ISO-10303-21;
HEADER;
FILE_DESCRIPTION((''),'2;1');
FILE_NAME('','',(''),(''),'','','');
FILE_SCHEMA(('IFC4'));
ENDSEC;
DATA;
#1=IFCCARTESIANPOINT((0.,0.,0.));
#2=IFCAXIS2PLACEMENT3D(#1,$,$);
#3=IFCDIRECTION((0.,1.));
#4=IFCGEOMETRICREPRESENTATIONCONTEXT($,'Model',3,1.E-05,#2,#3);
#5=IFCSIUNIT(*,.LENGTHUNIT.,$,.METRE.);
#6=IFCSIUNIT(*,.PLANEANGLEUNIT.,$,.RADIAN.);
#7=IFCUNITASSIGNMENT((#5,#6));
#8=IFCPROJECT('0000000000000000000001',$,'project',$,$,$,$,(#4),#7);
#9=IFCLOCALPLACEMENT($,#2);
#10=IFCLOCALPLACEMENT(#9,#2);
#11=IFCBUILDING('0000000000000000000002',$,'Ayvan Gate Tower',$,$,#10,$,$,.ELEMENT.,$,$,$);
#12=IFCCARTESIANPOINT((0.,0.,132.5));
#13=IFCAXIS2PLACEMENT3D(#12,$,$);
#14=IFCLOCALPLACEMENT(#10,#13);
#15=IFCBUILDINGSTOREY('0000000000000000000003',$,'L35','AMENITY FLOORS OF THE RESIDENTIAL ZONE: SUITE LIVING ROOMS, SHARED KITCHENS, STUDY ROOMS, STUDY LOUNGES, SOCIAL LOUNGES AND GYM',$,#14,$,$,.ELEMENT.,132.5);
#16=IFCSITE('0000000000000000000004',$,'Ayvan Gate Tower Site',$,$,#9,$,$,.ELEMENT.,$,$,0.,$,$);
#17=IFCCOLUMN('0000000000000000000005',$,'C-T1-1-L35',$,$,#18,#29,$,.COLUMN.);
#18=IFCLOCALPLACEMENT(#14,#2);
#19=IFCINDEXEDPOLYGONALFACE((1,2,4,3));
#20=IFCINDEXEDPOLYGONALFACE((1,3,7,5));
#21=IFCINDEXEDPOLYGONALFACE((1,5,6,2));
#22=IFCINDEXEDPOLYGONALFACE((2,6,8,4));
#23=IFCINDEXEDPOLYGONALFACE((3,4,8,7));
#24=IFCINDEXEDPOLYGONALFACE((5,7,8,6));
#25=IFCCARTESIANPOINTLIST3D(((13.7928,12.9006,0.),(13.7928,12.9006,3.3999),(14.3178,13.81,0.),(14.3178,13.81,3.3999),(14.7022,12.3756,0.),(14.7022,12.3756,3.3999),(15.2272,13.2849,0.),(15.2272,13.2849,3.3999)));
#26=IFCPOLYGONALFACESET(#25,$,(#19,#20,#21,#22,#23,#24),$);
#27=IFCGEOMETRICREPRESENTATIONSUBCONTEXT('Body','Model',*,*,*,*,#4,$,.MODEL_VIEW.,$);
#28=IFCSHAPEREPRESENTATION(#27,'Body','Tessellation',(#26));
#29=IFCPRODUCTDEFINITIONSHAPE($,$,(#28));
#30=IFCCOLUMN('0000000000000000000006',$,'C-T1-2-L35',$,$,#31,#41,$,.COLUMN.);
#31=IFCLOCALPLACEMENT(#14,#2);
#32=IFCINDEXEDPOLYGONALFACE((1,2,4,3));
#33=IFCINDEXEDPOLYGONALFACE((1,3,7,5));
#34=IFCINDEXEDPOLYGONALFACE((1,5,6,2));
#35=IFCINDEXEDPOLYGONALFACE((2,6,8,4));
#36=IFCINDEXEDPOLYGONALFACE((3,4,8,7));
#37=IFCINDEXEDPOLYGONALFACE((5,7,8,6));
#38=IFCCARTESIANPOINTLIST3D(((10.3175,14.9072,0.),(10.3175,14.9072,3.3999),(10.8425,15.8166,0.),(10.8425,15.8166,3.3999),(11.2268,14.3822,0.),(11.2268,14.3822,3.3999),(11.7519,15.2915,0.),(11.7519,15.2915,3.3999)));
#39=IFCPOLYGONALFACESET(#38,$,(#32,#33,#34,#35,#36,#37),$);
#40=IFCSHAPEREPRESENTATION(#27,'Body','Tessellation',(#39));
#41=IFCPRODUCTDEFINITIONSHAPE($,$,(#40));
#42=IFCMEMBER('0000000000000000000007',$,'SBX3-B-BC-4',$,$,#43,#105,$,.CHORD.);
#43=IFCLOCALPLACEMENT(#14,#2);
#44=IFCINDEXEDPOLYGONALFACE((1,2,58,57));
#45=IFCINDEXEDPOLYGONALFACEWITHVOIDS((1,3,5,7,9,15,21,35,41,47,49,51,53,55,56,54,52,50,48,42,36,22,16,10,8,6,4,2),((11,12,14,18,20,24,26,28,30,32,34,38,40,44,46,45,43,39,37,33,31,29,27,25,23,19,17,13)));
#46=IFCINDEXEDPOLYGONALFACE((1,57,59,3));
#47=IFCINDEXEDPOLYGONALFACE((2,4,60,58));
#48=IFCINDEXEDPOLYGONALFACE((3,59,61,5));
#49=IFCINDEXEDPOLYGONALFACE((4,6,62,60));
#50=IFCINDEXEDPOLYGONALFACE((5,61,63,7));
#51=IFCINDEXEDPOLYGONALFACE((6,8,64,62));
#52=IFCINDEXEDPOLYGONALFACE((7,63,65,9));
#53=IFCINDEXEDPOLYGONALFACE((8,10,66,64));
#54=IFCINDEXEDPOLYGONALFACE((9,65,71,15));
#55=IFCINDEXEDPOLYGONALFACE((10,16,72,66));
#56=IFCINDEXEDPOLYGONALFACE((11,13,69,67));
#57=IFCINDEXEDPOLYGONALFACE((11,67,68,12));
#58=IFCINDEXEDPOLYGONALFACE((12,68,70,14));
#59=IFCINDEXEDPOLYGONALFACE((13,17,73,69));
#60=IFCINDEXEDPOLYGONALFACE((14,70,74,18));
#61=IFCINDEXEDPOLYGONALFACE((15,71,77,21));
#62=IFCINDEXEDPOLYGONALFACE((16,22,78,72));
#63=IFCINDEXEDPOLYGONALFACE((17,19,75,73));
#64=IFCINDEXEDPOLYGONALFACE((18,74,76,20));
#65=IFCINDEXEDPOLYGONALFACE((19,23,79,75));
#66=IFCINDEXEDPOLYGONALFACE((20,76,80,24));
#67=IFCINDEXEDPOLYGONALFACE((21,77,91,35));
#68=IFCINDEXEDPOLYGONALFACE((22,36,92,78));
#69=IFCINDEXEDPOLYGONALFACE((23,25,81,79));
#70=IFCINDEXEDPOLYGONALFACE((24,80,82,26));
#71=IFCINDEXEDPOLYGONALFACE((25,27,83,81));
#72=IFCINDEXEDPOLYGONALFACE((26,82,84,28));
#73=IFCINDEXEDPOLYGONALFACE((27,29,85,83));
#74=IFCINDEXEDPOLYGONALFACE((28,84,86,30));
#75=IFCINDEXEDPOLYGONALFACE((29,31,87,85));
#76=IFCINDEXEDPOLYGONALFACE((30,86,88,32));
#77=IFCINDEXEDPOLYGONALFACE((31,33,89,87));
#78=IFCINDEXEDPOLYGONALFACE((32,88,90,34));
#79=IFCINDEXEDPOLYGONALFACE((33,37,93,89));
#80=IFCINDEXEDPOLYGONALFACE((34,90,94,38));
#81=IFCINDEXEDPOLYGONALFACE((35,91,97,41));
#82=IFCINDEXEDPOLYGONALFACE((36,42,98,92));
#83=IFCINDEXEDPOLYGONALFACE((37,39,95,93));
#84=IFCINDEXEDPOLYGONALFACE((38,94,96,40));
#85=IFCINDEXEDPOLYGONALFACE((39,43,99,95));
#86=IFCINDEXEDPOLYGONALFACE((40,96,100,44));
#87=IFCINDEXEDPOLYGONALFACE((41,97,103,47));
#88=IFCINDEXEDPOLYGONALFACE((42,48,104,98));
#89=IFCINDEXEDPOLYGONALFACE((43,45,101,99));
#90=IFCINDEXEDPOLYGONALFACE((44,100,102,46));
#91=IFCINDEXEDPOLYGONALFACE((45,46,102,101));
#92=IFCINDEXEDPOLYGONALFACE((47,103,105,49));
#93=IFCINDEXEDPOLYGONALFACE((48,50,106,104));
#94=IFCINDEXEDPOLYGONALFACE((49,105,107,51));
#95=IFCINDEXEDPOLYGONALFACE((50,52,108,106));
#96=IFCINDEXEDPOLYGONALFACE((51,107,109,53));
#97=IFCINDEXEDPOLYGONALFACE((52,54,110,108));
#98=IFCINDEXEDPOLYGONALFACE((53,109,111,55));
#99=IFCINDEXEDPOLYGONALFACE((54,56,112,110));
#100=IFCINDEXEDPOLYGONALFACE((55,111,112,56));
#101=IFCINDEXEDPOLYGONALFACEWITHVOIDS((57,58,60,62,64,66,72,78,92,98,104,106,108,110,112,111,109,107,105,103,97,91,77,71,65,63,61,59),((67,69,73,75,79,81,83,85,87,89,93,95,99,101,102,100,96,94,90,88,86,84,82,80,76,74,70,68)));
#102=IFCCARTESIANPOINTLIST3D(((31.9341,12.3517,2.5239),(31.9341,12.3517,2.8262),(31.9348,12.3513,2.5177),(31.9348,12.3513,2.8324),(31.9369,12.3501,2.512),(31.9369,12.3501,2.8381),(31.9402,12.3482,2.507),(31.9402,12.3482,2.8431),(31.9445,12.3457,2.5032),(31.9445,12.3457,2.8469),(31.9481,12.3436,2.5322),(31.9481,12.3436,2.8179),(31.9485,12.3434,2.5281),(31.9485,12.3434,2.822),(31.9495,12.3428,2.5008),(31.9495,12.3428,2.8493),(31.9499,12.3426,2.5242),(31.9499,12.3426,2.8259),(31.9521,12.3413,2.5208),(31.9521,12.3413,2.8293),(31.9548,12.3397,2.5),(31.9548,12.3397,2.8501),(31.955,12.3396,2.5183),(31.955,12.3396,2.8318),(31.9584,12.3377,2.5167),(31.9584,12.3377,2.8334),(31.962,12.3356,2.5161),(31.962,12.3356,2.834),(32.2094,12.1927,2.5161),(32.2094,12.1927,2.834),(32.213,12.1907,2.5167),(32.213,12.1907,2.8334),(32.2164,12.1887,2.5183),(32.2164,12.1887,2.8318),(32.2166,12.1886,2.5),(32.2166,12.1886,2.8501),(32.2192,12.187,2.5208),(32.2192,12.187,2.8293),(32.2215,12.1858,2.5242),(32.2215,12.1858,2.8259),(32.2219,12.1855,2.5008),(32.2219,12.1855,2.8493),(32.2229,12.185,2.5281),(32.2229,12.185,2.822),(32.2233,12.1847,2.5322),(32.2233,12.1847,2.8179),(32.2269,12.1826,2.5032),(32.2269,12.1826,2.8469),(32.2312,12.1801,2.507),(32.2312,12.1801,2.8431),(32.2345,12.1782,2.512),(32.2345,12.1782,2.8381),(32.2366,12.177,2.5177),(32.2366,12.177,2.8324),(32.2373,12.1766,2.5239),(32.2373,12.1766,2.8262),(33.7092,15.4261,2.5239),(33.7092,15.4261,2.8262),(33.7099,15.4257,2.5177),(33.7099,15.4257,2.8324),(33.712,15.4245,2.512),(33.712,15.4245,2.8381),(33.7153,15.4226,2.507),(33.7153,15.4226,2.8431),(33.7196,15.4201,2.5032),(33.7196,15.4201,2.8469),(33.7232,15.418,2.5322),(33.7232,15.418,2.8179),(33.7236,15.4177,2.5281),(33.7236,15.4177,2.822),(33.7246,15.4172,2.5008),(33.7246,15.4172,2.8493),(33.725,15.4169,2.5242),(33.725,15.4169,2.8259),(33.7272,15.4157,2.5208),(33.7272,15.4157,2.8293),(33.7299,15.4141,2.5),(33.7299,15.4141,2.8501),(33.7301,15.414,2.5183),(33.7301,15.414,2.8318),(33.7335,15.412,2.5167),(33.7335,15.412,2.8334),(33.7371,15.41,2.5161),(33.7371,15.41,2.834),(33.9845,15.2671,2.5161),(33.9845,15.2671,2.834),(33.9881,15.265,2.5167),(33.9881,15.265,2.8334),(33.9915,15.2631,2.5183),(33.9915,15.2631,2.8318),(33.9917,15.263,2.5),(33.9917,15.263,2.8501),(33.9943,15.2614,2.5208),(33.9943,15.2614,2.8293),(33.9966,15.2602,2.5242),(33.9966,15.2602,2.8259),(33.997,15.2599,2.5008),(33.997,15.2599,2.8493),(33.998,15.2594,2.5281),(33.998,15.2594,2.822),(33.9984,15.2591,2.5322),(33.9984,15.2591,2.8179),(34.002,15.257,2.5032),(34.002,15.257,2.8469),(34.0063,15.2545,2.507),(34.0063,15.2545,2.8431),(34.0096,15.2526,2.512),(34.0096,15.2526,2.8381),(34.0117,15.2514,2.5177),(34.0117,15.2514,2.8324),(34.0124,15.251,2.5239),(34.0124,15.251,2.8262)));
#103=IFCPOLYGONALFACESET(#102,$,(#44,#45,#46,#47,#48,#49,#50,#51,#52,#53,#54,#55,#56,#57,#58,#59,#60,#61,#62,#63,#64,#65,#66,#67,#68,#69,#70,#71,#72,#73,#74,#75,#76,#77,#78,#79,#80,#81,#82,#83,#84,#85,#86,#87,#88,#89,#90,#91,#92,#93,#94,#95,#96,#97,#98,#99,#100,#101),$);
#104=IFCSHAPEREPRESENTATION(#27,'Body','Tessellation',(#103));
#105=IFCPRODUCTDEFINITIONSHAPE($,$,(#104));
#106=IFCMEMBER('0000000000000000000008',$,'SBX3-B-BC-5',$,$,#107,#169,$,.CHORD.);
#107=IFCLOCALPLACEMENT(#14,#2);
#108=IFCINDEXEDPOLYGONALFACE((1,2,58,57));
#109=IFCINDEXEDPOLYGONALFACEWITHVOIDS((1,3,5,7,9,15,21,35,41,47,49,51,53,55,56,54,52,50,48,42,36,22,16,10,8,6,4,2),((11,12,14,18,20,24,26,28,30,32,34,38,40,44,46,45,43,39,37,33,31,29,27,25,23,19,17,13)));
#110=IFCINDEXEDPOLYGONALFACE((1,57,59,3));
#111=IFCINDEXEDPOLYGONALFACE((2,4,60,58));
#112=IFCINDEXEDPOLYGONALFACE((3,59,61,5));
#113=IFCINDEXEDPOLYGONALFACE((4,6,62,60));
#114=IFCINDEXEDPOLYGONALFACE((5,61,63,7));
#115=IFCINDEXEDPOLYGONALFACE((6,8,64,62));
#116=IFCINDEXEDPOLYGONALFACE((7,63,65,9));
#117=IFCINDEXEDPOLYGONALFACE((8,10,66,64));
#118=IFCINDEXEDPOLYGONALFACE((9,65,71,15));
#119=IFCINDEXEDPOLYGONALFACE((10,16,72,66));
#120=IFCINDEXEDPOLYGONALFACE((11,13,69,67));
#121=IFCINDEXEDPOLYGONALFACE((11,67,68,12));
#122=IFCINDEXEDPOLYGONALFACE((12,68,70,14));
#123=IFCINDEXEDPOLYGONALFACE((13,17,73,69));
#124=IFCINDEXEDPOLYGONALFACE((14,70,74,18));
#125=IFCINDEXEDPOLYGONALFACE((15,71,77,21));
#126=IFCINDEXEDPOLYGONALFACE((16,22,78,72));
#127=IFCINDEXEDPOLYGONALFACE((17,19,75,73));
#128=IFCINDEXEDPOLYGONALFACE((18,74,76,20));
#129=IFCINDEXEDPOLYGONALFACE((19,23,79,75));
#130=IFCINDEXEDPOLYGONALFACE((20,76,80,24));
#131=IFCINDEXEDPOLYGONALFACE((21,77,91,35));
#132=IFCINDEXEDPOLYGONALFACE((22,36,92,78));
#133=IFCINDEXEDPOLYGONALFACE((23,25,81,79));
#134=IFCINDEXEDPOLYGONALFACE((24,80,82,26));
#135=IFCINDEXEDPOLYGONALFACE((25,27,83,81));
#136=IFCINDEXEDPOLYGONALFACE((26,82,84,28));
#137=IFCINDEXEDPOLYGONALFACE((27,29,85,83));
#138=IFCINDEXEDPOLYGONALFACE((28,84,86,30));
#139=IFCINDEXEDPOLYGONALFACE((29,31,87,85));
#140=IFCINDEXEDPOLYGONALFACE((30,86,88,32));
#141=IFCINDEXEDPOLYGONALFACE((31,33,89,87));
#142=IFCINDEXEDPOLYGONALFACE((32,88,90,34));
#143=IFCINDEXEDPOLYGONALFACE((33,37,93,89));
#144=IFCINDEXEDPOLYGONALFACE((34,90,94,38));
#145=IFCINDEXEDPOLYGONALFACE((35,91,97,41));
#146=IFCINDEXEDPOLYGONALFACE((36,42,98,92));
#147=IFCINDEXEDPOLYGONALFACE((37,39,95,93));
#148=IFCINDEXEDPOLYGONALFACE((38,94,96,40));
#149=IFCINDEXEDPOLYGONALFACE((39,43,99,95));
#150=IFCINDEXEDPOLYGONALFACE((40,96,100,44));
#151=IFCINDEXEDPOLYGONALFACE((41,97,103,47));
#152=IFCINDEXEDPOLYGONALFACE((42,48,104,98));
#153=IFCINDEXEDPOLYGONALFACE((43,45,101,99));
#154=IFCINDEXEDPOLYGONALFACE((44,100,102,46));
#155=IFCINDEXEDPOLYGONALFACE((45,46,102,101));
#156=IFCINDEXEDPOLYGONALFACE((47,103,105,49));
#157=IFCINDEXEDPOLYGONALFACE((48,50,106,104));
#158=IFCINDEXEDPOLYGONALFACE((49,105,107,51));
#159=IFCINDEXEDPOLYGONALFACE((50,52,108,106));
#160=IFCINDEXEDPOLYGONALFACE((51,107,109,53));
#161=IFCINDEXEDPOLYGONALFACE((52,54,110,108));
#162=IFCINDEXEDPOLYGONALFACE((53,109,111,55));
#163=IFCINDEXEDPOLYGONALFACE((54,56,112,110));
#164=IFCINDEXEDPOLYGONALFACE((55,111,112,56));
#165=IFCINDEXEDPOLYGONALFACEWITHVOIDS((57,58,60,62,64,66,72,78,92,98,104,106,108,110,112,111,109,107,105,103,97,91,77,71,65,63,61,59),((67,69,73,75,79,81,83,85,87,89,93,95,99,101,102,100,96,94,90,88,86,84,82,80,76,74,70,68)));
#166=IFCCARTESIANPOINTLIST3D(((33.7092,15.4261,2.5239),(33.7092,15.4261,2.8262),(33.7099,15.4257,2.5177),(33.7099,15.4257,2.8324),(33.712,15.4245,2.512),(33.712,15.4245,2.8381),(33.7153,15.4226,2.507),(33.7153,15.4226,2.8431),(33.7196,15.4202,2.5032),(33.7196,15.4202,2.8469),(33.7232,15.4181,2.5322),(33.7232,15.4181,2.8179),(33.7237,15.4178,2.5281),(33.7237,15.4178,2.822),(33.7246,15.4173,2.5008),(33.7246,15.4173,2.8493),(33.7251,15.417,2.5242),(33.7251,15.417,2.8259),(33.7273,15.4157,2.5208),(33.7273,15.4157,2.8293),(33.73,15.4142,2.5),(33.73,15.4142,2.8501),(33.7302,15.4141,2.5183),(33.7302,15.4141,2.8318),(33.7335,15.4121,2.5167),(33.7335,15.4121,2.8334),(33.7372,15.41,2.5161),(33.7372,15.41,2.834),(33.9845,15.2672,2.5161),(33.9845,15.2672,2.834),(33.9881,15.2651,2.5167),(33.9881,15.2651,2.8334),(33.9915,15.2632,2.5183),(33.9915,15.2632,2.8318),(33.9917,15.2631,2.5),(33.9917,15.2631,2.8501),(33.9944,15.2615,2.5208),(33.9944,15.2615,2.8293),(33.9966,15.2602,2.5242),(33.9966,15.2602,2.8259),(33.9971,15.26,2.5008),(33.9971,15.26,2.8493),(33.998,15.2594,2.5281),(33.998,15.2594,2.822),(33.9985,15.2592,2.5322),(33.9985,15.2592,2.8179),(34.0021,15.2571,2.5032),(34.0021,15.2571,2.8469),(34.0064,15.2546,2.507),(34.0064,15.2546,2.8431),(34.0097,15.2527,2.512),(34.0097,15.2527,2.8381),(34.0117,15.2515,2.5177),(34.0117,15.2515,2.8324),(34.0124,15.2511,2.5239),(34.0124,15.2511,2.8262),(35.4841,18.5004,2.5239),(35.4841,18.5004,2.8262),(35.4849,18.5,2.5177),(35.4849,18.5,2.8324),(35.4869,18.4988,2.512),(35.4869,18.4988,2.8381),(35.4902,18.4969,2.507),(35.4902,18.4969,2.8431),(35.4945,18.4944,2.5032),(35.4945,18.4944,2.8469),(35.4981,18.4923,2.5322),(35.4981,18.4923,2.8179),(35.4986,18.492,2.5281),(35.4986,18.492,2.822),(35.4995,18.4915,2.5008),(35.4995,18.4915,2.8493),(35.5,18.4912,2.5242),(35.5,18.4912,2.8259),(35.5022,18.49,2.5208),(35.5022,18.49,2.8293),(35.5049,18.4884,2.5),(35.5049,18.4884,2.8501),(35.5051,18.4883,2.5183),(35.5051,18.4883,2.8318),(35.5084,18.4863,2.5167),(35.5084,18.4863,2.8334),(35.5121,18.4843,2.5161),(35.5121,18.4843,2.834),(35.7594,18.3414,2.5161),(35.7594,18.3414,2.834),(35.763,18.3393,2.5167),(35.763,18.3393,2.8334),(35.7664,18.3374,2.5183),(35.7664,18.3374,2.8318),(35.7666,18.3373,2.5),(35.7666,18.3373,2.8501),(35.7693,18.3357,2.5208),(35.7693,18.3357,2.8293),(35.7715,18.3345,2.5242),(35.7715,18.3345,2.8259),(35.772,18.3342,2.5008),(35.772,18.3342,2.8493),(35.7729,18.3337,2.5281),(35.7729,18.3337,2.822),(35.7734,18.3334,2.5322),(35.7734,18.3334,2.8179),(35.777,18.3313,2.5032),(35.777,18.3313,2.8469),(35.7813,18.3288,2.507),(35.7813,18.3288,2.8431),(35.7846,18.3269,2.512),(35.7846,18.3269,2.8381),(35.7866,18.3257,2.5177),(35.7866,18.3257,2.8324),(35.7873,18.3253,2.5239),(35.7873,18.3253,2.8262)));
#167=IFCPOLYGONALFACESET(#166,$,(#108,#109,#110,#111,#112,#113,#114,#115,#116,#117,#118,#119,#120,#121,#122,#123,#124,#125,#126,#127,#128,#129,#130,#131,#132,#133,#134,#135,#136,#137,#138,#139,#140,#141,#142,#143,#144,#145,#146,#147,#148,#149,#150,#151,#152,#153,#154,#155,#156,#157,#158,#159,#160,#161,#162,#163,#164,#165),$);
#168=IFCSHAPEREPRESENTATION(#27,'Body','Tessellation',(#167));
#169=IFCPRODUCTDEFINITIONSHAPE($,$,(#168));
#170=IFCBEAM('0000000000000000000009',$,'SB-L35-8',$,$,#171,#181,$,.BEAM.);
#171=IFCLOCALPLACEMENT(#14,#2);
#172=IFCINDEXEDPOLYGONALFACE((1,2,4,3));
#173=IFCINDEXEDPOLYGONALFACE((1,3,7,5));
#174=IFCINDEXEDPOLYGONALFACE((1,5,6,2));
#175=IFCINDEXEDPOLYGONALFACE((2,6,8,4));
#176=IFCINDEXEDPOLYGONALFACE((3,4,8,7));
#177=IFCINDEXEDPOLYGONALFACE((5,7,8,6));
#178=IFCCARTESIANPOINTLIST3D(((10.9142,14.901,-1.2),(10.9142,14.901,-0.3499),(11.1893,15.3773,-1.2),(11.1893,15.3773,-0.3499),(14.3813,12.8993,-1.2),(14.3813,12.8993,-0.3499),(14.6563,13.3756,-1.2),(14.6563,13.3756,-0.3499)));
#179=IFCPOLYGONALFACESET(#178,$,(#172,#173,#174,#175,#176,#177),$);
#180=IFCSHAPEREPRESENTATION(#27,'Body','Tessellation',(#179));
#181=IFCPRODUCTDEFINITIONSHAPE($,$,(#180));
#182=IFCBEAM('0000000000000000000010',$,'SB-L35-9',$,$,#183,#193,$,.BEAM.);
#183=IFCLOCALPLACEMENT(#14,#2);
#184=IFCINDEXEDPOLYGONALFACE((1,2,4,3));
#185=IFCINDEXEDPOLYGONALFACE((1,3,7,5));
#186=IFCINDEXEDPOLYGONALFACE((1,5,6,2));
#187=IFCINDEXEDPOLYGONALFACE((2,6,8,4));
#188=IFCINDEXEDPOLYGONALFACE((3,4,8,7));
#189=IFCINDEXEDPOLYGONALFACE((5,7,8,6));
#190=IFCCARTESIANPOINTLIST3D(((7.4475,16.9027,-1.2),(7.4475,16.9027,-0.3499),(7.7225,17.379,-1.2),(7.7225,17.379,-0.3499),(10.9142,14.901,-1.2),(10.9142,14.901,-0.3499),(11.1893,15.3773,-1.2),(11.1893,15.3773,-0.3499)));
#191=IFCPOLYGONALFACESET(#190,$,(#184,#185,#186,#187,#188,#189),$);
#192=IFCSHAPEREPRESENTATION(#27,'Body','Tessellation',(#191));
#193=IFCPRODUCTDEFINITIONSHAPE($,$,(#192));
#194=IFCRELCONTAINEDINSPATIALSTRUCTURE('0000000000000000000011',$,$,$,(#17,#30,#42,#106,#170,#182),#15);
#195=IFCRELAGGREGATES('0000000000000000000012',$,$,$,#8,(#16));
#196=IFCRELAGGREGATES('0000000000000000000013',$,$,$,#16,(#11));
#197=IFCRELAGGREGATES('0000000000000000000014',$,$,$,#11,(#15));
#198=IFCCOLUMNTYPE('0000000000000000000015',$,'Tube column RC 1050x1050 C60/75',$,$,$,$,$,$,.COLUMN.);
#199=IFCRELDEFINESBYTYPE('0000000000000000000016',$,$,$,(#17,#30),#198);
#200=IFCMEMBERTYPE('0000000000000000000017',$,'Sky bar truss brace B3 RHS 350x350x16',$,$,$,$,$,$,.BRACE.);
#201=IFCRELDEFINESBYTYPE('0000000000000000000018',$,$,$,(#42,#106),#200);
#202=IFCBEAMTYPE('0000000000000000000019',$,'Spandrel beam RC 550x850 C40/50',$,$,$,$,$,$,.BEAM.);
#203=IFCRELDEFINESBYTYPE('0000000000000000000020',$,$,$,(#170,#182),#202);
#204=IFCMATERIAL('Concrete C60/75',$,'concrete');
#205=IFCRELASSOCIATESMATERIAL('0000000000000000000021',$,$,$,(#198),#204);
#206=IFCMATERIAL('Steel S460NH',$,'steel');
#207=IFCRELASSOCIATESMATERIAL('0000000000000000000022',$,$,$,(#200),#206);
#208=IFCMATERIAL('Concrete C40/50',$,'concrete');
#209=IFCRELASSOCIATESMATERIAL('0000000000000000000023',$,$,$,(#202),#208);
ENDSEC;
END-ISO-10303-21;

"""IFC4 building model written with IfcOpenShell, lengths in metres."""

from ifc_helpers import new_model, si_unit, direction, frame, origin, origin_2d, place, context, subcontext, project, spatial, rectangle, hollow_rectangle, extrude, material, material_profile, profile_set, type_object, element, save


model = new_model("IFC4")

# Units and contexts
model_context = context("Model", 3, precision=1e-05, world=origin(), true_north=direction((0.0, 1.0)))
body_context = subcontext(model_context, "Body", "Model", "MODEL_VIEW")
ifc_project = project(units=[si_unit("LENGTHUNIT", "METRE"), si_unit("PLANEANGLEUNIT", "RADIAN")], contexts=[model_context])

# Site, building, storey
site_placement = place(None, origin())
site = spatial("IfcSite", under=ifc_project, at=site_placement, Name="Ayvan Gate Tower Site", CompositionType="ELEMENT", RefElevation=0.0)
building_placement = place(site_placement, origin())
building = spatial("IfcBuilding", under=site, at=building_placement, Name="Ayvan Gate Tower", CompositionType="ELEMENT")
storey_placement = place(building_placement, frame((0.0, 0.0, 132.5)))
storey = spatial("IfcBuildingStorey", under=building, at=storey_placement, Name="L35", Description="AMENITY FLOORS OF THE RESIDENTIAL ZONE: SUITE LIVING ROOMS, SHARED KITCHENS, STUDY ROOMS, STUDY LOUNGES, SOCIAL LOUNGES AND GYM", CompositionType="ELEMENT", Elevation=132.5)

# Columns
ifc_material_1 = material(Name="Concrete C60/75", Category="concrete")
ifc_material_profile_1 = material_profile(ifc_material_1, rectangle(XDim=1.05, YDim=1.05, at=origin_2d()), Name="RC 1050x1050")
ifc_profile_set_1 = profile_set([ifc_material_profile_1], Name="Concrete C60/75")
column_type = type_object("IfcColumnType", Name="Tube column RC 1050x1050 C60/75", PredefinedType="COLUMN", material=ifc_profile_set_1)
for number, where, z_axis, x_axis, name in (
    (1, (14.51, 13.0928, 0.0), (0.0, 0.0, 1.0), (0.5, 0.866025, 0.0), "C-T1-1-L35"),
    (2, (11.0347, 15.0994, 0.0), (0.0, 0.0, 1.0), (0.5, 0.866025, 0.0), "C-T1-2-L35"),
):
    element("IfcColumn", number, at=place(storey_placement, frame(where, z_axis=z_axis, x_axis=x_axis)), inside=storey, type_object=column_type, Name=name, PredefinedType="COLUMN", context=body_context, shape_type="SweptSolid", body=[
        extrude(rectangle(XDim=1.05, YDim=1.05, at=origin_2d()), origin(), (0.0, 0.0, 1.0), 3.3999),
    ])

# Members
ifc_material_2 = material(Name="Steel S460NH", Category="steel")
ifc_material_profile_2 = material_profile(ifc_material_2, hollow_rectangle(XDim=0.3501, YDim=0.3501, WallThickness=0.0161, InnerFilletRadius=0.0161, OuterFilletRadius=0.0239, at=origin_2d()), Name="RHS 350x350x16")
ifc_profile_set_2 = profile_set([ifc_material_profile_2], Name="Steel S460NH")
member_type_1 = type_object("IfcMemberType", Name="Sky bar truss brace B3 RHS 350x350x16", PredefinedType="BRACE", material=ifc_profile_set_2)
member_1_placement = place(storey_placement, frame((32.0857, 12.2642, 2.675), z_axis=(0.500022, 0.866013, 0.0), x_axis=(-0.866013, 0.500022, 0.0)))
element("IfcMember", 3, at=member_1_placement, inside=storey, type_object=member_type_1, Name="SBX3-B-BC-4", PredefinedType="CHORD", context=body_context, shape_type="SweptSolid", body=[
    extrude(hollow_rectangle(XDim=0.3501, YDim=0.3501, WallThickness=0.0161, InnerFilletRadius=0.0161, OuterFilletRadius=0.0239, at=origin_2d()), origin(), (0.0, 0.0, 1.0), 3.55),
])
member_2_placement = place(storey_placement, frame((33.8608, 15.3386, 2.675), z_axis=(0.5, 0.866025, 0.0), x_axis=(-0.866025, 0.5, 0.0)))
element("IfcMember", 4, at=member_2_placement, inside=storey, type_object=member_type_1, Name="SBX3-B-BC-5", PredefinedType="CHORD", context=body_context, shape_type="SweptSolid", body=[
    extrude(hollow_rectangle(XDim=0.3501, YDim=0.3501, WallThickness=0.0161, InnerFilletRadius=0.0161, OuterFilletRadius=0.0239, at=origin_2d()), origin(), (0.0, 0.0, 1.0), 3.5498),
])

# Beams
ifc_material_3 = material(Name="Concrete C40/50", Category="concrete")
ifc_material_profile_3 = material_profile(ifc_material_3, rectangle(XDim=0.55, YDim=0.8501, at=origin_2d()), Name="RC 550x850")
ifc_profile_set_3 = profile_set([ifc_material_profile_3], Name="Concrete C40/50")
beam_type = type_object("IfcBeamType", Name="Spandrel beam RC 550x850 C40/50", PredefinedType="BEAM", material=ifc_profile_set_3)
beam_1_placement = place(storey_placement, frame((14.5188, 13.1375, -0.7749), z_axis=(-0.866024, 0.500002, 0.0), x_axis=(-0.500002, -0.866024, 0.0)))
element("IfcBeam", 5, at=beam_1_placement, inside=storey, type_object=beam_type, Name="SB-L35-8", PredefinedType="BEAM", context=body_context, shape_type="SweptSolid", body=[
    extrude(rectangle(XDim=0.55, YDim=0.8501, at=origin_2d()), origin(), (0.0, 0.0, 1.0), 4.0034),
])
beam_2_placement = place(storey_placement, frame((11.0518, 15.1392, -0.7749), z_axis=(-0.866009, 0.500029, 0.0), x_axis=(-0.500029, -0.866009, 0.0)))
element("IfcBeam", 6, at=beam_2_placement, inside=storey, type_object=beam_type, Name="SB-L35-9", PredefinedType="BEAM", context=body_context, shape_type="SweptSolid", body=[
    extrude(rectangle(XDim=0.55, YDim=0.8501, at=origin_2d()), origin(), (0.0, 0.0, 1.0), 4.0032),
])

save(model, "model.ifc")
